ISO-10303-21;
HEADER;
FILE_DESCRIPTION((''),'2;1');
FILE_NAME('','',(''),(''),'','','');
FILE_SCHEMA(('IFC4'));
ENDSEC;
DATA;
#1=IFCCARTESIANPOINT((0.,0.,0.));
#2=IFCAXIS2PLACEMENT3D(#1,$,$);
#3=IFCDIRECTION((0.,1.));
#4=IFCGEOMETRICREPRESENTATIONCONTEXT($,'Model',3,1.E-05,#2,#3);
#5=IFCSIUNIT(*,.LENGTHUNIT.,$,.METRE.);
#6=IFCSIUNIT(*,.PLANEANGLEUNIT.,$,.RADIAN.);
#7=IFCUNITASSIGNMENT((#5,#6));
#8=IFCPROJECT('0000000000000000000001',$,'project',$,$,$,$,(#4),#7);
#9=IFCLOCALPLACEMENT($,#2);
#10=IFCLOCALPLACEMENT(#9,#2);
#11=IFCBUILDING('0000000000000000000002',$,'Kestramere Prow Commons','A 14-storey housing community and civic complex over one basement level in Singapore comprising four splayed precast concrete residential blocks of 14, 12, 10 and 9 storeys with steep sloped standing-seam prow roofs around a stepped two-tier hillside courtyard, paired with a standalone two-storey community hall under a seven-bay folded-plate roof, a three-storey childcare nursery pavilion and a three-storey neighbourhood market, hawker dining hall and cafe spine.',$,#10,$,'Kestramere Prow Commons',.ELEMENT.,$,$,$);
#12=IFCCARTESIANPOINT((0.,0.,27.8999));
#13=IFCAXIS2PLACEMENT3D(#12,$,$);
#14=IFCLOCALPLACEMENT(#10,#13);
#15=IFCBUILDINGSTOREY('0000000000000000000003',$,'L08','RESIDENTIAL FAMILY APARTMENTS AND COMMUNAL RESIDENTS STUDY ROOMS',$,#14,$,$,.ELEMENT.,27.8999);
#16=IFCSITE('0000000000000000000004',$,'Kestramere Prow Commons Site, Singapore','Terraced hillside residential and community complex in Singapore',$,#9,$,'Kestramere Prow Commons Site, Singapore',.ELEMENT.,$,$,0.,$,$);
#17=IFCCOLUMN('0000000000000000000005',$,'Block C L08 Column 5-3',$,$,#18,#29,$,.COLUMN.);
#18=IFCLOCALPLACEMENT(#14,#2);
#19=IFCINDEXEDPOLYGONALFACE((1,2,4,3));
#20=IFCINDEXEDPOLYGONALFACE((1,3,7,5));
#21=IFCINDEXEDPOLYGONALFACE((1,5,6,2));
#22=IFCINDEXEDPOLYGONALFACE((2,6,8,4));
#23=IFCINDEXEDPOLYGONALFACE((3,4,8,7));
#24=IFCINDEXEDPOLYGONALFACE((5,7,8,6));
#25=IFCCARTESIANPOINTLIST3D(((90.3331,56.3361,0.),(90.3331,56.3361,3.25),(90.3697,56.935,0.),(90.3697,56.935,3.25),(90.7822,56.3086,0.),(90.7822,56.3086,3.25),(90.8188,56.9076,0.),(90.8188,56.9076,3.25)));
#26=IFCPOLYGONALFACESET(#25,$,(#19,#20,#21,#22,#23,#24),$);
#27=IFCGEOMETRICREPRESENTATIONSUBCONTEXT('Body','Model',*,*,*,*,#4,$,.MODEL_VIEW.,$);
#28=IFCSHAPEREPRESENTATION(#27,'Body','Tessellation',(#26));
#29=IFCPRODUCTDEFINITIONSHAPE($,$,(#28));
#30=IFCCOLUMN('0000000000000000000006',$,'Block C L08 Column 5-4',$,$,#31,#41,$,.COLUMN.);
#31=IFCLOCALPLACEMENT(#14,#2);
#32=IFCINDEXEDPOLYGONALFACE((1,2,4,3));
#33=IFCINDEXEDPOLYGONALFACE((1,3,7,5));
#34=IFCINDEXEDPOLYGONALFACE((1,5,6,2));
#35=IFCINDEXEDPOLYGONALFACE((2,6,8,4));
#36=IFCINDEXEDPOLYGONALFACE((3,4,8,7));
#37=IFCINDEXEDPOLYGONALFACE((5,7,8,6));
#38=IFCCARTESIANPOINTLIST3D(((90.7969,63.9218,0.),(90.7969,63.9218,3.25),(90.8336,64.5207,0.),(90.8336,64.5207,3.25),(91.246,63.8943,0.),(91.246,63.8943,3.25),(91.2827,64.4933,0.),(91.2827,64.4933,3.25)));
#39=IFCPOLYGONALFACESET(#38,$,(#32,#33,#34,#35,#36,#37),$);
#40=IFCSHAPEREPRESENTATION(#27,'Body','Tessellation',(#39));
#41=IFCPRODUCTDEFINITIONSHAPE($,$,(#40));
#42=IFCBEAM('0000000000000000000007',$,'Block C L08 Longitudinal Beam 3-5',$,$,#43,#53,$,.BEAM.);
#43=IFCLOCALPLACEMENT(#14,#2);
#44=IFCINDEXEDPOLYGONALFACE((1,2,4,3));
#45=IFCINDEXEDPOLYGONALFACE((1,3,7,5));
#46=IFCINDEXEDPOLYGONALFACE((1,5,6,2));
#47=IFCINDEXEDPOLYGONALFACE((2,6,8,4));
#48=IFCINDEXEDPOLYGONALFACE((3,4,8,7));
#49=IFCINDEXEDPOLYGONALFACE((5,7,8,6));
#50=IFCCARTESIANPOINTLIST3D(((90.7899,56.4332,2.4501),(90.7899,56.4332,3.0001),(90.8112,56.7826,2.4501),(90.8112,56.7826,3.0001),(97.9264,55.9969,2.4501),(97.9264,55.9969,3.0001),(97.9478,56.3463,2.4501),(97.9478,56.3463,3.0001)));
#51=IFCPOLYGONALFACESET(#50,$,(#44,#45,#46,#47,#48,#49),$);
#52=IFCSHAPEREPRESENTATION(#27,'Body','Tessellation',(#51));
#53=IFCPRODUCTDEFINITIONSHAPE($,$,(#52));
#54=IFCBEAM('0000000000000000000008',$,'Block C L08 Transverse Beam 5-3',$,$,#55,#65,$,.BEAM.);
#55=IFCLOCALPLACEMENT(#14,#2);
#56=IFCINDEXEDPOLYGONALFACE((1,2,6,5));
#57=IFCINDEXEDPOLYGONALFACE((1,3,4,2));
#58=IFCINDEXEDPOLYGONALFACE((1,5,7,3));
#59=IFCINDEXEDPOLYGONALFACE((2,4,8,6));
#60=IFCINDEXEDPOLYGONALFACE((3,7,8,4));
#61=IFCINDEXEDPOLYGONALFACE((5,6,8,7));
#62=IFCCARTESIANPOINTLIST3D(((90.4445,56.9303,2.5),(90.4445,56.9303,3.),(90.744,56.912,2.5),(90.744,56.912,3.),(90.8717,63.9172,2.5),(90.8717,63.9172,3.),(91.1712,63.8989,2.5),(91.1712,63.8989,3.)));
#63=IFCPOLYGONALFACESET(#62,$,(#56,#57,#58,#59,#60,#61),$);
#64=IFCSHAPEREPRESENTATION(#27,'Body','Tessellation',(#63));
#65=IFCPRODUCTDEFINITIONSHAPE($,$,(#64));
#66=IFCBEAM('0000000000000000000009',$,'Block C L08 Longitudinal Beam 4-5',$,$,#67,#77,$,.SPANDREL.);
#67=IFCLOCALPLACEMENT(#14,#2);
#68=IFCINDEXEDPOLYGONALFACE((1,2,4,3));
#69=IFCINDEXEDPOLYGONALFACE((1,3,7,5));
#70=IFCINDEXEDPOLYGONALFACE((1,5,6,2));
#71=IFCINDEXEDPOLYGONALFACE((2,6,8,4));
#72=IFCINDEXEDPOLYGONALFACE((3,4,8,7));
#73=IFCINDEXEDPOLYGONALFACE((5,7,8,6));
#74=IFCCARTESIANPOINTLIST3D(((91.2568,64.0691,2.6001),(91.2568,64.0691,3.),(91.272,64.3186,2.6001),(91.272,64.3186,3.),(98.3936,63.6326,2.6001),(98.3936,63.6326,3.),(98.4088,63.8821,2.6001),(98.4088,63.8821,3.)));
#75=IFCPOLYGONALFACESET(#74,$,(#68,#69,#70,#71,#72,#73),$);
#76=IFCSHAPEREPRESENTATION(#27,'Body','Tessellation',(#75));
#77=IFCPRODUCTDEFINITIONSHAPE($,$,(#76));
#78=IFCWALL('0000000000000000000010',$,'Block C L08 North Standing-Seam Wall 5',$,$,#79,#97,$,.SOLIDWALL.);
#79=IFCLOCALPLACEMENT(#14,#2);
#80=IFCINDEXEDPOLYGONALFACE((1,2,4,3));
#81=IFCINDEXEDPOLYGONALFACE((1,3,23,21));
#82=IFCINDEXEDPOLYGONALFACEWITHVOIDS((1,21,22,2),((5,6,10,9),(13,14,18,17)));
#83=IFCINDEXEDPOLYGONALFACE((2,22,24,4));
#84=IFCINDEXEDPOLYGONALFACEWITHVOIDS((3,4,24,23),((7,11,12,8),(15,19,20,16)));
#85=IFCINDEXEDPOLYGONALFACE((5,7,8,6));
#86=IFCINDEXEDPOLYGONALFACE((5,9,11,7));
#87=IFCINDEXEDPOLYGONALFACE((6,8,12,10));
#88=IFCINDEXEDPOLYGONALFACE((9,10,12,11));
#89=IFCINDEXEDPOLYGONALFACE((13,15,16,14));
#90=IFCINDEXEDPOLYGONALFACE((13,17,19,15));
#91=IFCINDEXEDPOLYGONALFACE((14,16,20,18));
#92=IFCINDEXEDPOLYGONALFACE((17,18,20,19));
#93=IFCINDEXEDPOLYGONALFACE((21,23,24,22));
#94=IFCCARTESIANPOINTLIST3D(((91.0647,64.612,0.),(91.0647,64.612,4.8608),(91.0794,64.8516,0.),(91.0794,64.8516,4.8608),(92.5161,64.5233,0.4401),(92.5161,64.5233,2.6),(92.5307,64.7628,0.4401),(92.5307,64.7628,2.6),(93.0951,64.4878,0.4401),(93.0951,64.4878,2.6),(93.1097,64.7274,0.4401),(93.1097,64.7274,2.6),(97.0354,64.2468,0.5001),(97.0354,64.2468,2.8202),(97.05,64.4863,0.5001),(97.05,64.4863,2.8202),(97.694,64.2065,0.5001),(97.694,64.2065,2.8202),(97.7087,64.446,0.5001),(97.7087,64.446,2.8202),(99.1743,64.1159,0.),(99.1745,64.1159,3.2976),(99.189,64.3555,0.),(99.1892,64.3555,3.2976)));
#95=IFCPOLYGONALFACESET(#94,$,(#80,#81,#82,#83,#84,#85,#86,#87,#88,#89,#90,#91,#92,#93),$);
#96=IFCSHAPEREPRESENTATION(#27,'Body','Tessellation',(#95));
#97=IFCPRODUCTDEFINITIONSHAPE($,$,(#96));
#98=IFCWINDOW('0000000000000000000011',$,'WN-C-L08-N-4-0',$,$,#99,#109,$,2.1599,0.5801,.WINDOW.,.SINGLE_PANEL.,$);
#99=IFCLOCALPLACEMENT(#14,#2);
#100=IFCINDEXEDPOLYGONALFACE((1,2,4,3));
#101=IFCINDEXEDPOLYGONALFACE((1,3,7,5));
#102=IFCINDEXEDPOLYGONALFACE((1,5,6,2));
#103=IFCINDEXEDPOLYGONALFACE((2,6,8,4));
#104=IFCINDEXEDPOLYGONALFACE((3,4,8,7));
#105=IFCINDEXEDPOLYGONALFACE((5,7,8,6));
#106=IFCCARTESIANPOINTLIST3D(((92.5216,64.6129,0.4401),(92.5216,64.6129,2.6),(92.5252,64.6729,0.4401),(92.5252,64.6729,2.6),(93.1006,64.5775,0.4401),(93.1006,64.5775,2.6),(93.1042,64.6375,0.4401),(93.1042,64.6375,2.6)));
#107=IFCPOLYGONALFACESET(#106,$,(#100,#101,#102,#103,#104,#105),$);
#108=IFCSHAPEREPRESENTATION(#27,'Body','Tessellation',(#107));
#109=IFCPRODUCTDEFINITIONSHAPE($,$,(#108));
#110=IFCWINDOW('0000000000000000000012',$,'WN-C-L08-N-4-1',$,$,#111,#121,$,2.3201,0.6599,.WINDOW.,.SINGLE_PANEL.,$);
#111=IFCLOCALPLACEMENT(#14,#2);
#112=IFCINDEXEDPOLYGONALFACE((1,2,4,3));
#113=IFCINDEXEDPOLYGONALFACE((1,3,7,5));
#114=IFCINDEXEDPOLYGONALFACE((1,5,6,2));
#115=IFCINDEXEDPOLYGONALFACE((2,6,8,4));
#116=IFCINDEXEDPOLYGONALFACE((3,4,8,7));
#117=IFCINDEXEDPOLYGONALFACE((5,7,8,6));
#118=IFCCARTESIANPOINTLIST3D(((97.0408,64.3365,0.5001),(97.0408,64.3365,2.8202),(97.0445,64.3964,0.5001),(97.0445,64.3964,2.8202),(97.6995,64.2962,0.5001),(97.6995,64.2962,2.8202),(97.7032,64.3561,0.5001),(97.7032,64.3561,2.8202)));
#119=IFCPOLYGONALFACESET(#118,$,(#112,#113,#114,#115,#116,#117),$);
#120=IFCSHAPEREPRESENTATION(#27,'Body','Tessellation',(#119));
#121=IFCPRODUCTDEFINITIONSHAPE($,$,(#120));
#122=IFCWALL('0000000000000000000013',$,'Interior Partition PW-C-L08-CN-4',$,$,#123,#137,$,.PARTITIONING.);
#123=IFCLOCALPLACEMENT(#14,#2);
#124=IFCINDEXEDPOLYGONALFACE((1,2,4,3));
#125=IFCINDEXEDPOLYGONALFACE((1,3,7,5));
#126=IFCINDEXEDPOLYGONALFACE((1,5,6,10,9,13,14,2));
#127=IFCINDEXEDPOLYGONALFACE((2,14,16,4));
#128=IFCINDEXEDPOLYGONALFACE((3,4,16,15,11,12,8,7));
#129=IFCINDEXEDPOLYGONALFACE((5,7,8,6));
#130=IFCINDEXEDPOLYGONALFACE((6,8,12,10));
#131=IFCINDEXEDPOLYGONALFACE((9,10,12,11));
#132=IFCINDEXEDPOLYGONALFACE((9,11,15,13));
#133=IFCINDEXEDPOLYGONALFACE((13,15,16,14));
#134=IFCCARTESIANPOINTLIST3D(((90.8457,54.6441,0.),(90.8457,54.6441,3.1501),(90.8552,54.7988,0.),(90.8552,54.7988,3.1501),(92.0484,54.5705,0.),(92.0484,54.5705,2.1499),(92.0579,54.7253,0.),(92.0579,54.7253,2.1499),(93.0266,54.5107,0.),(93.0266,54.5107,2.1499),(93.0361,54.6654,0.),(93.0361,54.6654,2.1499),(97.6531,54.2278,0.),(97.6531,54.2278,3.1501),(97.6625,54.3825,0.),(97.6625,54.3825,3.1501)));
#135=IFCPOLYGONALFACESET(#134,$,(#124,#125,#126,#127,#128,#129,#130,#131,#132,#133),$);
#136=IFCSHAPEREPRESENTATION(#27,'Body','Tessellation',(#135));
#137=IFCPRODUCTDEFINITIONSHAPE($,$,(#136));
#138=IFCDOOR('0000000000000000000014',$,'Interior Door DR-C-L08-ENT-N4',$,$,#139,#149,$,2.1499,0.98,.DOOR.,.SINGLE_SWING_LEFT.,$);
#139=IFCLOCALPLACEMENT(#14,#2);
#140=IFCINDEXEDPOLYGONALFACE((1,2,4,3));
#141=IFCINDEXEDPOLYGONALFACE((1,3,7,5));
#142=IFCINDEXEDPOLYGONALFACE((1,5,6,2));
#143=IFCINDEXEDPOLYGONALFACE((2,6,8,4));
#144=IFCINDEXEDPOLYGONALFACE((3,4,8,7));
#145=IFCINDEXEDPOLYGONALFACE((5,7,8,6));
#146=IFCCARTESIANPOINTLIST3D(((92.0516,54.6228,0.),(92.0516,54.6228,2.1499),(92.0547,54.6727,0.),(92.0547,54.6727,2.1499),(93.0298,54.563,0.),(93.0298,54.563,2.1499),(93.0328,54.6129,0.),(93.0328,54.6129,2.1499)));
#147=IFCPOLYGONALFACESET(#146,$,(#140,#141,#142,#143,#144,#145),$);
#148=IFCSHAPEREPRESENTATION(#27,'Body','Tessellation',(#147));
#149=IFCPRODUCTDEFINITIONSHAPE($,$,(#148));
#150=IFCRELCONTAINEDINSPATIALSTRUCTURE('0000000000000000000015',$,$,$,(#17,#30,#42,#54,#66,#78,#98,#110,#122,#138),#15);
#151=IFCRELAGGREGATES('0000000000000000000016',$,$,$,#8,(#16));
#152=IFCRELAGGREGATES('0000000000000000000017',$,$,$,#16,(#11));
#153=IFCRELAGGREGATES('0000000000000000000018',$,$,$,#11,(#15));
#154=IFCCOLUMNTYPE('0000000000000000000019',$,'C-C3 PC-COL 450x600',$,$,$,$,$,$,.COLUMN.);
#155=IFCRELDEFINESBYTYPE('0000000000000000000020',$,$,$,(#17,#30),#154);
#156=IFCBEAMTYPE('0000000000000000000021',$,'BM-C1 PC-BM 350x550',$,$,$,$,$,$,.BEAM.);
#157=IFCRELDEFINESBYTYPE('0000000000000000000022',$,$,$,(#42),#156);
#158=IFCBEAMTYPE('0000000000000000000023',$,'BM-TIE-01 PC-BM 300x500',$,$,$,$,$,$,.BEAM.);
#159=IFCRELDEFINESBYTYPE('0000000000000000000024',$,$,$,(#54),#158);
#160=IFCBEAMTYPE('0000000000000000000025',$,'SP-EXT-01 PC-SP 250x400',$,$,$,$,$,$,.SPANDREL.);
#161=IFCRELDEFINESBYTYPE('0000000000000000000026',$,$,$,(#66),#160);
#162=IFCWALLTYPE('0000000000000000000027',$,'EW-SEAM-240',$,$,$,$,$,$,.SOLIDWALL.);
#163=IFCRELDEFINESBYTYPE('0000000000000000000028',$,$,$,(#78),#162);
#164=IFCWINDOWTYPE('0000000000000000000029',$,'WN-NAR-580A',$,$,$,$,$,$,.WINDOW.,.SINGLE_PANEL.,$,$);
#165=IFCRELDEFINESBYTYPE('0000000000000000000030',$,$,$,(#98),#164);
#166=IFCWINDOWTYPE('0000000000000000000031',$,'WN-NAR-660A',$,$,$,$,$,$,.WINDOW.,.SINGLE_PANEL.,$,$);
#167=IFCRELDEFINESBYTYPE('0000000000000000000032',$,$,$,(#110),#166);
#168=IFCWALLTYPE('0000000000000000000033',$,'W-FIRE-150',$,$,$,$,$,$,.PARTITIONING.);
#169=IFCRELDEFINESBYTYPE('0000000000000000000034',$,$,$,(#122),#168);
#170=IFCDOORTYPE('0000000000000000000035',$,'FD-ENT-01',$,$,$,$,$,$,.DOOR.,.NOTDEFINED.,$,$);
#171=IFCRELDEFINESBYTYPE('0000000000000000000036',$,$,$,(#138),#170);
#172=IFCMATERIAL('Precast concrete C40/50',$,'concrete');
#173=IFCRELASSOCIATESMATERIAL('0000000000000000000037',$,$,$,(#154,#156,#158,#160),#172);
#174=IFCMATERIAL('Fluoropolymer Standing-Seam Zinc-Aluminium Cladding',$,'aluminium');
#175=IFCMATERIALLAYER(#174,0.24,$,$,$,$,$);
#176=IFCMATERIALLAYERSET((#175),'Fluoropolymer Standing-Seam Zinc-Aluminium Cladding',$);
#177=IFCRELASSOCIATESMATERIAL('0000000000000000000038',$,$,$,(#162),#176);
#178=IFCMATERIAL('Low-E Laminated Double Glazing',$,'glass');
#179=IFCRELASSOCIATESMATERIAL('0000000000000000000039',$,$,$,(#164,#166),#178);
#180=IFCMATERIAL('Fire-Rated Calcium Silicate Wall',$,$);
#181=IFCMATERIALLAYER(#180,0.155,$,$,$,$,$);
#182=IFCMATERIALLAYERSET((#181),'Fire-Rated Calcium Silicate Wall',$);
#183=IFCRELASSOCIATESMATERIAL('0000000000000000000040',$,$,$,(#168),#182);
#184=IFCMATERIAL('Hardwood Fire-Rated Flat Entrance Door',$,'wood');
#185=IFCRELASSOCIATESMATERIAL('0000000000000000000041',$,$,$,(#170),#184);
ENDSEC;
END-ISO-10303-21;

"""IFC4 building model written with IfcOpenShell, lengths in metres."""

from ifc_helpers import new_model, si_unit, direction, frame, frame_2d, origin, origin_2d, place, context, subcontext, project, spatial, polyline, rectangle, outline, extrude, material, layer, layer_set, material_profile, profile_set, type_object, element, fill, save


model = new_model("IFC4")

# Units and contexts
model_context = context("Model", 3, precision=1e-05, world=origin(), true_north=direction((0.0, 1.0)))
body_context = subcontext(model_context, "Body", "Model", "MODEL_VIEW")
ifc_project = project(units=[si_unit("LENGTHUNIT", "METRE"), si_unit("PLANEANGLEUNIT", "RADIAN")], contexts=[model_context])

# Site, building, storey
site_placement = place(None, origin())
site = spatial("IfcSite", under=ifc_project, at=site_placement, Name="Kestramere Prow Commons Site, Singapore", Description="Terraced hillside residential and community complex in Singapore", LongName="Kestramere Prow Commons Site, Singapore", CompositionType="ELEMENT", RefElevation=0.0)
building_placement = place(site_placement, origin())
building = spatial("IfcBuilding", under=site, at=building_placement, Name="Kestramere Prow Commons", Description="A 14-storey housing community and civic complex over one basement level in Singapore comprising four splayed precast concrete residential blocks of 14, 12, 10 and 9 storeys with steep sloped standing-seam prow roofs around a stepped two-tier hillside courtyard, paired with a standalone two-storey community hall under a seven-bay folded-plate roof, a three-storey childcare nursery pavilion and a three-storey neighbourhood market, hawker dining hall and cafe spine.", LongName="Kestramere Prow Commons", CompositionType="ELEMENT")
storey_placement = place(building_placement, frame((0.0, 0.0, 27.8999)))
storey = spatial("IfcBuildingStorey", under=building, at=storey_placement, Name="L08", Description="RESIDENTIAL FAMILY APARTMENTS AND COMMUNAL RESIDENTS STUDY ROOMS", CompositionType="ELEMENT", Elevation=27.8999)

# Columns
ifc_material_1 = material(Name="Precast concrete C40/50", Category="concrete")
ifc_material_profile_1 = material_profile(ifc_material_1, rectangle(XDim=0.45, YDim=0.6001, at=origin_2d()), Name="PC-COL 450x600")
ifc_profile_set_1 = profile_set([ifc_material_profile_1], Name="Precast concrete C40/50")
column_type = type_object("IfcColumnType", Name="C-C3 PC-COL 450x600", PredefinedType="COLUMN", material=ifc_profile_set_1)
for number, where, z_axis, x_axis, name in (
    (1, (90.5759, 56.6218, 0.0), (0.0, 0.0, 1.0), (0.998135, -0.061049, 0.0), "Block C L08 Column 5-3"),
    (2, (91.0398, 64.2075, 0.0), (0.0, 0.0, 1.0), (0.998135, -0.061049, 0.0), "Block C L08 Column 5-4"),
):
    element("IfcColumn", number, at=place(storey_placement, frame(where, z_axis=z_axis, x_axis=x_axis)), inside=storey, type_object=column_type, Name=name, PredefinedType="COLUMN", context=body_context, shape_type="SweptSolid", body=[
        extrude(rectangle(XDim=0.45, YDim=0.6001, at=origin_2d()), origin(), (0.0, 0.0, 1.0), 3.25),
    ])

# Beams
ifc_material_profile_2 = material_profile(ifc_material_1, rectangle(XDim=0.3501, YDim=0.55, at=origin_2d()), Name="PC-BM 350x550")
ifc_profile_set_2 = profile_set([ifc_material_profile_2], Name="Precast concrete C40/50")
beam_type_1 = type_object("IfcBeamType", Name="BM-C1 PC-BM 350x550", PredefinedType="BEAM", material=ifc_profile_set_2)
beam_1_placement = place(storey_placement, frame((90.8005, 56.6079, 2.7251), z_axis=(0.998137, -0.06102, 0.0), x_axis=(0.06102, 0.998137, 0.0)))
element("IfcBeam", 3, at=beam_1_placement, inside=storey, type_object=beam_type_1, Name="Block C L08 Longitudinal Beam 3-5", PredefinedType="BEAM", context=body_context, shape_type="SweptSolid", body=[
    extrude(rectangle(XDim=0.3501, YDim=0.55, at=origin_2d()), origin(), (0.0, 0.0, 1.0), 7.1499),
])
ifc_material_profile_3 = material_profile(ifc_material_1, rectangle(XDim=0.3, YDim=0.5, at=origin_2d()), Name="PC-BM 300x500")
ifc_profile_set_3 = profile_set([ifc_material_profile_3], Name="Precast concrete C40/50")
beam_type_2 = type_object("IfcBeamType", Name="BM-TIE-01 PC-BM 300x500", PredefinedType="BEAM", material=ifc_profile_set_3)
beam_2_placement = place(storey_placement, frame((90.5942, 56.9211, 2.75), z_axis=(0.061034, 0.998136, 0.0), x_axis=(-0.998136, 0.061034, 0.0)))
element("IfcBeam", 4, at=beam_2_placement, inside=storey, type_object=beam_type_2, Name="Block C L08 Transverse Beam 5-3", PredefinedType="BEAM", context=body_context, shape_type="SweptSolid", body=[
    extrude(rectangle(XDim=0.3, YDim=0.5, at=origin_2d()), origin(), (0.0, 0.0, 1.0), 7.0),
])
ifc_material_profile_4 = material_profile(ifc_material_1, rectangle(XDim=0.25, YDim=0.3999, at=origin_2d()), Name="PC-SP 250x400")
ifc_profile_set_4 = profile_set([ifc_material_profile_4], Name="Precast concrete C40/50")
beam_type_3 = type_object("IfcBeamType", Name="SP-EXT-01 PC-SP 250x400", PredefinedType="SPANDREL", material=ifc_profile_set_4)
beam_3_placement = place(storey_placement, frame((91.2644, 64.1938, 2.8), z_axis=(0.998135, -0.061052, 0.0), x_axis=(0.061052, 0.998135, 0.0)))
element("IfcBeam", 5, at=beam_3_placement, inside=storey, type_object=beam_type_3, Name="Block C L08 Longitudinal Beam 4-5", PredefinedType="SPANDREL", context=body_context, shape_type="SweptSolid", body=[
    extrude(rectangle(XDim=0.25, YDim=0.3999, at=origin_2d()), origin(), (0.0, 0.0, 1.0), 7.1501),
])

# Wall, openings, windows
ifc_material_2 = material(Name="Fluoropolymer Standing-Seam Zinc-Aluminium Cladding", Category="aluminium")
ifc_layer_1 = layer(ifc_material_2, 0.24)
ifc_layer_set_1 = layer_set([ifc_layer_1], Name="Fluoropolymer Standing-Seam Zinc-Aluminium Cladding")
wall_type_1 = type_object("IfcWallType", Name="EW-SEAM-240", PredefinedType="SOLIDWALL", material=ifc_layer_set_1)
wall_1_placement = place(storey_placement, frame((91.072, 64.7317, 0.0), z_axis=(0.0, 0.0, 1.0), x_axis=(0.998134, -0.061059, 0.0)))
wall_1 = element("IfcWall", 6, at=wall_1_placement, inside=storey, type_object=wall_type_1, Name="Block C L08 North Standing-Seam Wall 5", PredefinedType="SOLIDWALL", context=body_context, shape_type="SweptSolid", body=[
    extrude(outline(polyline([(0.0, 0.0), (8.1248, 0.0), (8.125, 3.2976), (0.0, 4.8608), (0.0, 0.0)])), frame((0.0, 0.1201, 0.0), z_axis=(0.0, -1.0, 0.0), x_axis=(1.0, 0.0, 0.0)), (0.0, 0.0, 1.0), 0.24),
])
opening_1_placement = place(wall_1_placement, frame((1.4541, 0.0, 0.4399)))
opening_1 = element("IfcOpeningElement", 7, at=opening_1_placement, cuts=wall_1, PredefinedType="OPENING", context=body_context, shape_type="SweptSolid", body=[
    extrude(rectangle(XDim=0.5801, YDim=2.1599, at=frame_2d((0.29, 1.0801))), frame((0.0, 0.135, 0.0), z_axis=(0.0, -1.0, 0.0), x_axis=(1.0, 0.0, 0.0)), (0.0, 0.0, 1.0), 0.27),
])
opening_2_placement = place(wall_1_placement, frame((5.9817, 0.0, 0.5)))
opening_2 = element("IfcOpeningElement", 8, at=opening_2_placement, cuts=wall_1, PredefinedType="OPENING", context=body_context, shape_type="SweptSolid", body=[
    extrude(rectangle(XDim=0.6599, YDim=2.3201, at=frame_2d((0.3301, 1.1602))), frame((0.0, 0.135, 0.0), z_axis=(0.0, -1.0, 0.0), x_axis=(1.0, 0.0, 0.0)), (0.0, 0.0, 1.0), 0.27),
])
ifc_material_3 = material(Name="Low-E Laminated Double Glazing", Category="glass")
window_type_1 = type_object("IfcWindowType", Name="WN-NAR-580A", PartitioningType="SINGLE_PANEL", PredefinedType="WINDOW", material=ifc_material_3)
window_1_placement = place(opening_1_placement, origin())
window_1 = element("IfcWindow", 9, at=window_1_placement, inside=storey, type_object=window_type_1, Name="WN-C-L08-N-4-0", OverallHeight=2.1599, OverallWidth=0.5801, PartitioningType="SINGLE_PANEL", PredefinedType="WINDOW", context=body_context, shape_type="SweptSolid", body=[
    extrude(rectangle(XDim=0.5801, YDim=2.1599, at=frame_2d((0.29, 1.0801))), frame((0.0, 0.03, 0.0), z_axis=(0.0, -1.0, 0.0), x_axis=(1.0, 0.0, 0.0)), (0.0, 0.0, 1.0), 0.0601),
])
fill(opening_1, window_1)
window_type_2 = type_object("IfcWindowType", Name="WN-NAR-660A", PartitioningType="SINGLE_PANEL", PredefinedType="WINDOW", material=ifc_material_3)
window_2_placement = place(opening_2_placement, origin())
window_2 = element("IfcWindow", 10, at=window_2_placement, inside=storey, type_object=window_type_2, Name="WN-C-L08-N-4-1", OverallHeight=2.3201, OverallWidth=0.6599, PartitioningType="SINGLE_PANEL", PredefinedType="WINDOW", context=body_context, shape_type="SweptSolid", body=[
    extrude(rectangle(XDim=0.6599, YDim=2.3201, at=frame_2d((0.3301, 1.1602))), frame((0.0, 0.03, 0.0), z_axis=(0.0, -1.0, 0.0), x_axis=(1.0, 0.0, 0.0)), (0.0, 0.0, 1.0), 0.0601),
])
fill(opening_2, window_2)

# Wall, opening, door
ifc_material_4 = material(Name="Fire-Rated Calcium Silicate Wall")
ifc_layer_2 = layer(ifc_material_4, 0.155)
ifc_layer_set_2 = layer_set([ifc_layer_2], Name="Fire-Rated Calcium Silicate Wall")
wall_type_2 = type_object("IfcWallType", Name="W-FIRE-150", PredefinedType="PARTITIONING", material=ifc_layer_set_2)
wall_2_placement = place(storey_placement, frame((90.8503, 54.7214, 0.0), z_axis=(0.0, 0.0, 1.0), x_axis=(0.998136, -0.061034, 0.0)))
wall_2 = element("IfcWall", 11, at=wall_2_placement, inside=storey, type_object=wall_type_2, Name="Interior Partition PW-C-L08-CN-4", PredefinedType="PARTITIONING", context=body_context, shape_type="SweptSolid", body=[
    extrude(rectangle(XDim=6.8201, YDim=0.155, at=frame_2d((3.4102, 0.0))), origin(), (0.0, 0.0, 1.0), 3.1501),
])
opening_3_placement = place(wall_2_placement, frame((1.2051, 0.0, 0.0)))
opening_3 = element("IfcOpeningElement", 12, at=opening_3_placement, cuts=wall_2, PredefinedType="OPENING", context=body_context, shape_type="SweptSolid", body=[
    extrude(rectangle(XDim=0.98, YDim=2.1499, at=frame_2d((0.49, 1.075))), frame((0.0, 0.0925, 0.0), z_axis=(0.0, -1.0, 0.0), x_axis=(1.0, 0.0, 0.0)), (0.0, 0.0, 1.0), 0.1851),
])
ifc_material_5 = material(Name="Hardwood Fire-Rated Flat Entrance Door", Category="wood")
door_type_1 = type_object("IfcDoorType", Name="FD-ENT-01", OperationType="NOTDEFINED", PredefinedType="DOOR", material=ifc_material_5)
door_1_placement = place(opening_3_placement, origin())
door_1 = element("IfcDoor", 13, at=door_1_placement, inside=storey, type_object=door_type_1, Name="Interior Door DR-C-L08-ENT-N4", OperationType="SINGLE_SWING_LEFT", OverallHeight=2.1499, OverallWidth=0.98, PredefinedType="DOOR", context=body_context, shape_type="SweptSolid", body=[
    extrude(rectangle(XDim=0.98, YDim=2.1499, at=frame_2d((0.49, 1.075))), frame((0.0, 0.0249, 0.0), z_axis=(0.0, -1.0, 0.0), x_axis=(1.0, 0.0, 0.0)), (0.0, 0.0, 1.0), 0.05),
])
fill(opening_3, door_1)

save(model, "model.ifc")
